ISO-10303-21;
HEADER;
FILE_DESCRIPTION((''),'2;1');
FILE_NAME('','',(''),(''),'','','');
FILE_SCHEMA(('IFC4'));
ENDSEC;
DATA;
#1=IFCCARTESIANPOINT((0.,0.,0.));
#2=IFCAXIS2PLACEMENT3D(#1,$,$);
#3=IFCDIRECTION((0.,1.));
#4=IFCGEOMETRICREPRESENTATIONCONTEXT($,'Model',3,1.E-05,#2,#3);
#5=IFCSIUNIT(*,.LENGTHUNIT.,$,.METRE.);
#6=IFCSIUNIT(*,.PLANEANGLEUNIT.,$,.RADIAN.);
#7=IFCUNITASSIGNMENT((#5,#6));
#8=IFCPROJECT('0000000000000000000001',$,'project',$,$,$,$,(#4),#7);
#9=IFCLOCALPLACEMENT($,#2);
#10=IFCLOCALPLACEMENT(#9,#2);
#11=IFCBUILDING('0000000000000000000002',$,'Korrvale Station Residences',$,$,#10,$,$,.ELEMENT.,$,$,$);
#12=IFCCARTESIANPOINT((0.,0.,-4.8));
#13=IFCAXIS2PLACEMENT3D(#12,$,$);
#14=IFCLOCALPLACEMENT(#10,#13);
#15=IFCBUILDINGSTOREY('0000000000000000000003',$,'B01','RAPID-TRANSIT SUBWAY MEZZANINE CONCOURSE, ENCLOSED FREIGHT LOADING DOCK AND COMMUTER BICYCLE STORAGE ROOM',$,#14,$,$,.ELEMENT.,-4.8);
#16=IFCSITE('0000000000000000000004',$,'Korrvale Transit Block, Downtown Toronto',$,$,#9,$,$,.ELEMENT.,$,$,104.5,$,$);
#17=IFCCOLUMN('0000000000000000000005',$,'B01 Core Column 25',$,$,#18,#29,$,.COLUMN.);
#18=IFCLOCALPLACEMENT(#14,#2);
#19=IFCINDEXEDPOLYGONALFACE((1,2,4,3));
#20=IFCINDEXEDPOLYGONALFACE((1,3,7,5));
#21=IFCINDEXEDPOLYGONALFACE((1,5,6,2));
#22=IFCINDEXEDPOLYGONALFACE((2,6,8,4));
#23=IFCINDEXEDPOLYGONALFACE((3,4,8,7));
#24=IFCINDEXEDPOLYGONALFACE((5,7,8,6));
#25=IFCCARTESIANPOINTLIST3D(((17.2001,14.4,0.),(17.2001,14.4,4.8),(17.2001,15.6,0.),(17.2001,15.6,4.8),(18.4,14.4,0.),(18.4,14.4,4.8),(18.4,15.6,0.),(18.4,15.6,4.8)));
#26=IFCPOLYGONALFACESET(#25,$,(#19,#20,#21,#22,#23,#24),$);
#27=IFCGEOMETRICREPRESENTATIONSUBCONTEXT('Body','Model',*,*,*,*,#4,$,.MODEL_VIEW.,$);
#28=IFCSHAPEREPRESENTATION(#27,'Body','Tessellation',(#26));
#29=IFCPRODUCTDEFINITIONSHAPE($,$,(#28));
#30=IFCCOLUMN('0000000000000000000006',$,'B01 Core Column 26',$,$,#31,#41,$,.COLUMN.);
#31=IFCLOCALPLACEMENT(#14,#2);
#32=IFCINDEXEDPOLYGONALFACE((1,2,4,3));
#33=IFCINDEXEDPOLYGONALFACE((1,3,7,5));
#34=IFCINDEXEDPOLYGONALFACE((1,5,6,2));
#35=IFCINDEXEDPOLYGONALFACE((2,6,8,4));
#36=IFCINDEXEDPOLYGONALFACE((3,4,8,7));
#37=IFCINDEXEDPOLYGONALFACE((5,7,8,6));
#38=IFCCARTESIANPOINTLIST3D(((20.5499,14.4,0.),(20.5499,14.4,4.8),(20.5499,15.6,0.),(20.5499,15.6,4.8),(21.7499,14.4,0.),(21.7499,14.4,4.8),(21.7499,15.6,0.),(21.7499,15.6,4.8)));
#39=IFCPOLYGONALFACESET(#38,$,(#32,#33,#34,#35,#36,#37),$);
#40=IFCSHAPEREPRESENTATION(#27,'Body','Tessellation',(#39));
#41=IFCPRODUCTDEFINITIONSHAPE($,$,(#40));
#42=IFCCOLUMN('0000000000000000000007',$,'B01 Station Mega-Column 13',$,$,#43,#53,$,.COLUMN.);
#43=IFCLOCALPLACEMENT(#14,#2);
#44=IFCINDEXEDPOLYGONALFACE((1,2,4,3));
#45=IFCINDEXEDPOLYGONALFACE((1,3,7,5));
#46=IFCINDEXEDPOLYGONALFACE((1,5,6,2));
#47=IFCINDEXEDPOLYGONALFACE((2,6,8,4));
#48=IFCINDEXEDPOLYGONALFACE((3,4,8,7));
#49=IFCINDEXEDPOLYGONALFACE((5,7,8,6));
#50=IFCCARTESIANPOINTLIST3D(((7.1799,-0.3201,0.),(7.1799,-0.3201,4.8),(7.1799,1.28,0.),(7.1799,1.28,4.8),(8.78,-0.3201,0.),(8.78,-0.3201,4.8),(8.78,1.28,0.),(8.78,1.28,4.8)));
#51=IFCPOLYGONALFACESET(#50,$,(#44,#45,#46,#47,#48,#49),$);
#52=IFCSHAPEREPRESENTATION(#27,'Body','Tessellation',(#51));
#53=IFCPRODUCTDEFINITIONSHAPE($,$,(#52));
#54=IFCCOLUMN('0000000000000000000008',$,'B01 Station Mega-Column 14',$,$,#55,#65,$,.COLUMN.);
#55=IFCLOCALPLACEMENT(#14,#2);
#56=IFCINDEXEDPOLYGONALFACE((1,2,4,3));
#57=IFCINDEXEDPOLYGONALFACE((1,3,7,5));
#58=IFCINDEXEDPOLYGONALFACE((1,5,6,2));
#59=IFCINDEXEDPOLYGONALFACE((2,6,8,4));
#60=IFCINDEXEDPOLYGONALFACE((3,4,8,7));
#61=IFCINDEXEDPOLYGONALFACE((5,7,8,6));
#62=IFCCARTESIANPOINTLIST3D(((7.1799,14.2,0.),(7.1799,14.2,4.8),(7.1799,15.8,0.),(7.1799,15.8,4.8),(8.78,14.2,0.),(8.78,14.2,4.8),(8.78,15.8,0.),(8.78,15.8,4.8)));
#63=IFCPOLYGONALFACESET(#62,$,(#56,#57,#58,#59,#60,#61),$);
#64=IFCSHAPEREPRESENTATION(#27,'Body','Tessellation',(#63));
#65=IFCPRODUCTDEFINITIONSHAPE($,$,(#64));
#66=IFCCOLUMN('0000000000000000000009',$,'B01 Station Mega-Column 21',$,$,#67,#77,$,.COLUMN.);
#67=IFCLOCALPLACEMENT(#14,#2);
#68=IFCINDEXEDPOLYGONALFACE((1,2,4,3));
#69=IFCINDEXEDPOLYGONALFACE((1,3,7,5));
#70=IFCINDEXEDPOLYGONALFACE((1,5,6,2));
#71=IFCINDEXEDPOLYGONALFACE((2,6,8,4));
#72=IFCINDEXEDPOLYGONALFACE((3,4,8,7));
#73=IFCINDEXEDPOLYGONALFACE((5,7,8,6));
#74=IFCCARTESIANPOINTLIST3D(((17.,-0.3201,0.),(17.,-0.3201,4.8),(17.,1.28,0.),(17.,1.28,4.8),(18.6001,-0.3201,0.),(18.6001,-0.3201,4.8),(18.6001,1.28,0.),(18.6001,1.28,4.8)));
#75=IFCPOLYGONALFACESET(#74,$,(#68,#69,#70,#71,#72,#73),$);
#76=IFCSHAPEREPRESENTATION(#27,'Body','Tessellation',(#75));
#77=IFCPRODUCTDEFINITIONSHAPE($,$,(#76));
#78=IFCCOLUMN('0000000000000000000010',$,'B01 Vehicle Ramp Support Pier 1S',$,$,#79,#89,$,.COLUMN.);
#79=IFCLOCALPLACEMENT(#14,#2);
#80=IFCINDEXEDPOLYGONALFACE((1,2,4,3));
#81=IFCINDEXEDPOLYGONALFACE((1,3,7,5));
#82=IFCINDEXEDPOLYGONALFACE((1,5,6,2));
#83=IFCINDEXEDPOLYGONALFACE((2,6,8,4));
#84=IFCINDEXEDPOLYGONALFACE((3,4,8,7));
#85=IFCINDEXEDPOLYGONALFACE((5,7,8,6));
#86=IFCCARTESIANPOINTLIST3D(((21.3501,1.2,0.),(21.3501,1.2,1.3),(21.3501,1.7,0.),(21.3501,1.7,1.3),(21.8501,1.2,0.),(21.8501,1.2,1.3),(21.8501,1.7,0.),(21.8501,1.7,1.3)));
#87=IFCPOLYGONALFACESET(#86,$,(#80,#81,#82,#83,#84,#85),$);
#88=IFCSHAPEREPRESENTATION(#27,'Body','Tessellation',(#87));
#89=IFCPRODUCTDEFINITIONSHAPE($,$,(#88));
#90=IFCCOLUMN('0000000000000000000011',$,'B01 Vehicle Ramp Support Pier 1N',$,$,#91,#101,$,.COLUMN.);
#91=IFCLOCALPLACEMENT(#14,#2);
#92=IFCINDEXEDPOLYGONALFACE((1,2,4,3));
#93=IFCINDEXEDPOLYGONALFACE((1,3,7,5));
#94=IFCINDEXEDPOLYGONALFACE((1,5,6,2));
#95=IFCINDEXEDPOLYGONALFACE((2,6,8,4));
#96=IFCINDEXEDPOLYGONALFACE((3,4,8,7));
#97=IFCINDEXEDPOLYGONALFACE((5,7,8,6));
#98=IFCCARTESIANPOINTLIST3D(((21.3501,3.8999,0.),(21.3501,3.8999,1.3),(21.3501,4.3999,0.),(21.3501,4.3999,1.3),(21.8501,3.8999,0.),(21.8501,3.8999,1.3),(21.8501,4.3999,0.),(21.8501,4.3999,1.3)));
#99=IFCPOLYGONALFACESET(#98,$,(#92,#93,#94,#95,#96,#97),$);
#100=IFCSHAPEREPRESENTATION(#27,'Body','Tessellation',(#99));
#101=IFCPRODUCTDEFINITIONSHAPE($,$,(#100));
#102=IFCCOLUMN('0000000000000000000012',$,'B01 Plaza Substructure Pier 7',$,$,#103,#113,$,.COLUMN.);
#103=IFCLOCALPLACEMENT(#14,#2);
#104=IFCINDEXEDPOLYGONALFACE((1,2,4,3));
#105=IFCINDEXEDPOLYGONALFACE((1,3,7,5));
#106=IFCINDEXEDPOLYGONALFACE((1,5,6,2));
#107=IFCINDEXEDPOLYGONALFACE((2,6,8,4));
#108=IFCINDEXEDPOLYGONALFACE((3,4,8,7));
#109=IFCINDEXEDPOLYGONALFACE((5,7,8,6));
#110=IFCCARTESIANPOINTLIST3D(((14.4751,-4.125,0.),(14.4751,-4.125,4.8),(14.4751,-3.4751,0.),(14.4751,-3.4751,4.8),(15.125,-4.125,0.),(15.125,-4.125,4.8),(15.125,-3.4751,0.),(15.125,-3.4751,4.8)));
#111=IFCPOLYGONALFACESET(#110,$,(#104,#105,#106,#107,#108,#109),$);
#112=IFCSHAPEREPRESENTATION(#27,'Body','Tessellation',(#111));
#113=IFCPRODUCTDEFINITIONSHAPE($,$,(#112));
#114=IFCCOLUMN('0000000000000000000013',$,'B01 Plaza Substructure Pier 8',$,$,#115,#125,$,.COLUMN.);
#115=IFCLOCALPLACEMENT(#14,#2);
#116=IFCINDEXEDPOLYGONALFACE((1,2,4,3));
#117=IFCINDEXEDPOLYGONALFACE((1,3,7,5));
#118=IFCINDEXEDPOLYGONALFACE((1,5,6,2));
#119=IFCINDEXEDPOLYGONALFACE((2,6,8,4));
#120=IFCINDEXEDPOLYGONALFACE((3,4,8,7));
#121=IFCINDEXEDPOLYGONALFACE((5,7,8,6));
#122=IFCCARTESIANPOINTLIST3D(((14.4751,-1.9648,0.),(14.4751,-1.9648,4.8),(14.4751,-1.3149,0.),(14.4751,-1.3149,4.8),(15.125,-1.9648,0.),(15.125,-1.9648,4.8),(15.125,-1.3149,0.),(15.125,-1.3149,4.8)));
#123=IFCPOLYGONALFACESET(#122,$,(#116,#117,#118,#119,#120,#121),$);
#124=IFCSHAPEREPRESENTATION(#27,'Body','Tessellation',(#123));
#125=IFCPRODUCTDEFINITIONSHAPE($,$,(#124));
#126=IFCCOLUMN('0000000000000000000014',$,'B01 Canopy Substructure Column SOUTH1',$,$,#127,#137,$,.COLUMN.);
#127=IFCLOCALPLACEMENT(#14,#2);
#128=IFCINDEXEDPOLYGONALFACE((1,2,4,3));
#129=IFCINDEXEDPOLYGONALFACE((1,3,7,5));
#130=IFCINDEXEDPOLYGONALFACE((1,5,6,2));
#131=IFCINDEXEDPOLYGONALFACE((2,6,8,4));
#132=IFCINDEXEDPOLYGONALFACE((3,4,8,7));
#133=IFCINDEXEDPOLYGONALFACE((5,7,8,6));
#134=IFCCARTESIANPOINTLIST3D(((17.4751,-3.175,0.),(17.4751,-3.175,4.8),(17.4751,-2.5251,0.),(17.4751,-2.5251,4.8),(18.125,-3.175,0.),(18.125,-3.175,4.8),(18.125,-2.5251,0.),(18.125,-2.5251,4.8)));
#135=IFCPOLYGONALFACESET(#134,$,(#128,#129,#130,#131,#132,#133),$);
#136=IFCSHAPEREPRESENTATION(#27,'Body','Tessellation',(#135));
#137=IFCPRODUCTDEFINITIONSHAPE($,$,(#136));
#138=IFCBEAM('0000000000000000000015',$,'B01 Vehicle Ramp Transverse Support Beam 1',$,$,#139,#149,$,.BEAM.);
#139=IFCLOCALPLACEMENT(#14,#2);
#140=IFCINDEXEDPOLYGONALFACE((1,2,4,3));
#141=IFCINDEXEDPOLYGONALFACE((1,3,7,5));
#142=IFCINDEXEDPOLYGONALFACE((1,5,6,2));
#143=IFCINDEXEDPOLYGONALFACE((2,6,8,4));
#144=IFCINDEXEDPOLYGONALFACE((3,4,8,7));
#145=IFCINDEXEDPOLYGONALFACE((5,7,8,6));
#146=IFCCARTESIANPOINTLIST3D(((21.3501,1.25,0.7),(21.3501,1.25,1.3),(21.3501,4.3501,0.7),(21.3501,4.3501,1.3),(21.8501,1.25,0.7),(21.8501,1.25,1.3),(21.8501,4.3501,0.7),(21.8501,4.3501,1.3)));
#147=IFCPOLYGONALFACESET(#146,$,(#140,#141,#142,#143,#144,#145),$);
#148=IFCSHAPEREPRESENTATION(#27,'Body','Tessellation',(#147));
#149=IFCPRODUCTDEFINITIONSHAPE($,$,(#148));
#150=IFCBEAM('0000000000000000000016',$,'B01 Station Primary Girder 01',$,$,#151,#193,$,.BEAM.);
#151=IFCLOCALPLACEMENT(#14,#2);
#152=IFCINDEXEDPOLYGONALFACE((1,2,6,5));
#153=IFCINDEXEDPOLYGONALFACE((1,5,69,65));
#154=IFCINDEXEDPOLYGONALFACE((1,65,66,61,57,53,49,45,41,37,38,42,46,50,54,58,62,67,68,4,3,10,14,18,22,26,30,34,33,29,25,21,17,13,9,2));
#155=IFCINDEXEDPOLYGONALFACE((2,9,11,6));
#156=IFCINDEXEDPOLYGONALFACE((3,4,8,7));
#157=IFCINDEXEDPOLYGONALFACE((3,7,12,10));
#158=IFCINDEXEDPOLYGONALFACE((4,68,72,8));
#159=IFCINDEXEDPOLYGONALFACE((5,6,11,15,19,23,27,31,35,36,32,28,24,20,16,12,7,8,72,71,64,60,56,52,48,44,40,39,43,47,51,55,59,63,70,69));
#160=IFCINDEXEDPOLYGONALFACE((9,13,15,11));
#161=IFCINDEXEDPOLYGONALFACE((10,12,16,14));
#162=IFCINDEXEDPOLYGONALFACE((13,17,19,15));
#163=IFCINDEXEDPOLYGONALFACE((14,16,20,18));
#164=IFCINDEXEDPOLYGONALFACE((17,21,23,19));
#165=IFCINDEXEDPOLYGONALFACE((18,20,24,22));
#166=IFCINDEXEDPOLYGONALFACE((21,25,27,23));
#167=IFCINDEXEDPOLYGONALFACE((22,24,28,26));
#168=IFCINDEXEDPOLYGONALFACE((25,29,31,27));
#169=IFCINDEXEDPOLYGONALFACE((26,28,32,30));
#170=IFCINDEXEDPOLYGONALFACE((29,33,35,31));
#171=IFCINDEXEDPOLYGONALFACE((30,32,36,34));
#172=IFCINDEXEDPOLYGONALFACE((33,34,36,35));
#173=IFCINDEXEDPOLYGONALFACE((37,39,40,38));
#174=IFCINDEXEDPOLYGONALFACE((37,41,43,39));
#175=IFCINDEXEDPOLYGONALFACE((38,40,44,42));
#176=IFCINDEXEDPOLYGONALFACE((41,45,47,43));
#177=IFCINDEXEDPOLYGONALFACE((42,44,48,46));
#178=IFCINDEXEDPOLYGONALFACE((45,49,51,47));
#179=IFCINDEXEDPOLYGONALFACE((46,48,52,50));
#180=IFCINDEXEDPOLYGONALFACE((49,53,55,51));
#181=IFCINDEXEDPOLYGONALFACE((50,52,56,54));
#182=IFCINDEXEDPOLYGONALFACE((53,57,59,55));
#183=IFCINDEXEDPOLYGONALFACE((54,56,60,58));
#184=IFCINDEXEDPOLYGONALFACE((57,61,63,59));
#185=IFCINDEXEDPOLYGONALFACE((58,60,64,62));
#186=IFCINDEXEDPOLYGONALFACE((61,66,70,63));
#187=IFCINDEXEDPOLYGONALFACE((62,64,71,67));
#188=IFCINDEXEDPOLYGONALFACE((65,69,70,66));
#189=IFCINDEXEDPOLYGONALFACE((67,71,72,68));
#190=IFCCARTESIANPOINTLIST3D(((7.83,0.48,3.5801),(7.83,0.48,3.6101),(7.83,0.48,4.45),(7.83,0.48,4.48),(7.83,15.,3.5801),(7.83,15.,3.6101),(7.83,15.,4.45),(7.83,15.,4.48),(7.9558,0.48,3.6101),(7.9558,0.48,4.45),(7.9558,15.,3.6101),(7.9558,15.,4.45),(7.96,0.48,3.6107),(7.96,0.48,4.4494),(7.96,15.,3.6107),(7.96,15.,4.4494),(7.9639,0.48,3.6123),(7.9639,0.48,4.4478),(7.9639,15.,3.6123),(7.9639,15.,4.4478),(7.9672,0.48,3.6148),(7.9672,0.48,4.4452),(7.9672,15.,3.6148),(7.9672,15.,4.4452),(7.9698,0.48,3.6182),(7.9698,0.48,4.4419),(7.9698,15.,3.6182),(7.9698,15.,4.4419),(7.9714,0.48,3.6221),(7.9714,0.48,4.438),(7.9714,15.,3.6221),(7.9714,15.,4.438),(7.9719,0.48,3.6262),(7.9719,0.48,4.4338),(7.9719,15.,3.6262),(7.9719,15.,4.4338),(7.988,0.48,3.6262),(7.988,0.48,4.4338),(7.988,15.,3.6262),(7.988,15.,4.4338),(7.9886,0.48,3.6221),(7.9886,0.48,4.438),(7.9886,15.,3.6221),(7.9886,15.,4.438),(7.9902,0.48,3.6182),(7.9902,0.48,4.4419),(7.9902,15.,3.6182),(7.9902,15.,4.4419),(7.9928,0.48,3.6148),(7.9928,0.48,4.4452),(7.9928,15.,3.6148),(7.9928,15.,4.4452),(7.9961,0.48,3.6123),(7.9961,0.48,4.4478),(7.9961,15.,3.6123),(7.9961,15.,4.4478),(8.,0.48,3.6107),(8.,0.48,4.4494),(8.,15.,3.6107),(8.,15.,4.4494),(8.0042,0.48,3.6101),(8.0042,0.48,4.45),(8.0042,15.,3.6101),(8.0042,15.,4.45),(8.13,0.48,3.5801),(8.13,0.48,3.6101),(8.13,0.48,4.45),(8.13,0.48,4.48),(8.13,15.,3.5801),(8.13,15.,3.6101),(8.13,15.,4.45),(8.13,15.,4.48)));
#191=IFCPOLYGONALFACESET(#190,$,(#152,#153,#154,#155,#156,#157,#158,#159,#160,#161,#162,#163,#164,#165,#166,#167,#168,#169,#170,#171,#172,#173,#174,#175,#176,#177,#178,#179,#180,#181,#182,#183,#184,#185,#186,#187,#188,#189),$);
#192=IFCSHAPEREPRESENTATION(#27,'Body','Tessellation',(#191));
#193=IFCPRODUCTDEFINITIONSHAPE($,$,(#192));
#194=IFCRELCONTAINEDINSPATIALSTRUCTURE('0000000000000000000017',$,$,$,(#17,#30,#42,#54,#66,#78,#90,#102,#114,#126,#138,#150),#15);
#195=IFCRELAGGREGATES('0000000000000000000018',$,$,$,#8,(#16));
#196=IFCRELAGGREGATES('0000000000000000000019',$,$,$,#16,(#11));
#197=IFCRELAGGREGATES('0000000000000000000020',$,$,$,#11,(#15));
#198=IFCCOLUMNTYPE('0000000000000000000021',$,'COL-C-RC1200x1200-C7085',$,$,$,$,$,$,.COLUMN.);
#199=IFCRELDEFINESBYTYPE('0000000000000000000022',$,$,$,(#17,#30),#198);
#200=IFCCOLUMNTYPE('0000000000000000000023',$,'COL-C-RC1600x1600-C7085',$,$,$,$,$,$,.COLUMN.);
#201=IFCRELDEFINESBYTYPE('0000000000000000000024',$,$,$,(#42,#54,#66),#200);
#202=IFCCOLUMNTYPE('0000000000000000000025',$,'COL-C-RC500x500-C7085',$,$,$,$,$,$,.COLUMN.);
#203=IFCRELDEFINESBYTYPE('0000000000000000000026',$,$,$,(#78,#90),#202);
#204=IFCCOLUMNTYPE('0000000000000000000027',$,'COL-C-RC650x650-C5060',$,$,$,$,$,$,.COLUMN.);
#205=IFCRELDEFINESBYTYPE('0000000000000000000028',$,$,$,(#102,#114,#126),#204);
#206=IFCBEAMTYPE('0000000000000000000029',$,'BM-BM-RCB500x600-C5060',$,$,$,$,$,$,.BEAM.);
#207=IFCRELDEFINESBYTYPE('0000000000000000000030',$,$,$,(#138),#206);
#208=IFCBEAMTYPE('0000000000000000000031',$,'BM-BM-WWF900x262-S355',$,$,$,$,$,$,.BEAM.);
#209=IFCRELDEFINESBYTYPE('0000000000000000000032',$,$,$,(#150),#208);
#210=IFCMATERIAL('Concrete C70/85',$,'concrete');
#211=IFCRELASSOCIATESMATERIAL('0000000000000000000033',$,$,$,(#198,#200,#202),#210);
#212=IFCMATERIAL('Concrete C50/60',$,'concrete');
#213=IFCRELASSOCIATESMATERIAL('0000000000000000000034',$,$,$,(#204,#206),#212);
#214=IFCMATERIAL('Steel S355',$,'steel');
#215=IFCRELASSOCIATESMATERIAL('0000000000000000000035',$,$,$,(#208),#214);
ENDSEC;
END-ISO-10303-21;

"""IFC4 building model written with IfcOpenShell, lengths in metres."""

from ifc_helpers import new_model, si_unit, direction, frame, origin, origin_2d, place, context, subcontext, project, spatial, rectangle, i_section, extrude, material, material_profile, profile_set, type_object, element, save


model = new_model("IFC4")

# Units and contexts
model_context = context("Model", 3, precision=1e-05, world=origin(), true_north=direction((0.0, 1.0)))
body_context = subcontext(model_context, "Body", "Model", "MODEL_VIEW")
ifc_project = project(units=[si_unit("LENGTHUNIT", "METRE"), si_unit("PLANEANGLEUNIT", "RADIAN")], contexts=[model_context])

# Site, building, storey
site_placement = place(None, origin())
site = spatial("IfcSite", under=ifc_project, at=site_placement, Name="Korrvale Transit Block, Downtown Toronto", CompositionType="ELEMENT", RefElevation=104.5)
building_placement = place(site_placement, origin())
building = spatial("IfcBuilding", under=site, at=building_placement, Name="Korrvale Station Residences", CompositionType="ELEMENT")
storey_placement = place(building_placement, frame((0.0, 0.0, -4.8)))
storey = spatial("IfcBuildingStorey", under=building, at=storey_placement, Name="B01", Description="RAPID-TRANSIT SUBWAY MEZZANINE CONCOURSE, ENCLOSED FREIGHT LOADING DOCK AND COMMUTER BICYCLE STORAGE ROOM", CompositionType="ELEMENT", Elevation=-4.8)

# Columns
ifc_material_1 = material(Name="Concrete C70/85", Category="concrete")
ifc_material_profile_1 = material_profile(ifc_material_1, rectangle(XDim=1.2, YDim=1.2, at=origin_2d()), Name="RC1200x1200")
ifc_profile_set_1 = profile_set([ifc_material_profile_1], Name="Concrete C70/85")
column_type_1 = type_object("IfcColumnType", Name="COL-C-RC1200x1200-C7085", PredefinedType="COLUMN", material=ifc_profile_set_1)
for number, where, z_axis, x_axis, name in (
    (1, (17.8, 15.0, 0.0), (0.0, 0.0, 1.0), (1.0, 0.0, 0.0), "B01 Core Column 25"),
    (2, (21.1499, 15.0, 0.0), (0.0, 0.0, 1.0), (1.0, 0.0, 0.0), "B01 Core Column 26"),
):
    element("IfcColumn", number, at=place(storey_placement, frame(where, z_axis=z_axis, x_axis=x_axis)), inside=storey, type_object=column_type_1, Name=name, PredefinedType="COLUMN", context=body_context, shape_type="SweptSolid", body=[
        extrude(rectangle(XDim=1.2, YDim=1.2, at=origin_2d()), origin(), (0.0, 0.0, 1.0), 4.8),
    ])
ifc_material_profile_2 = material_profile(ifc_material_1, rectangle(XDim=1.6001, YDim=1.6001, at=origin_2d()), Name="RC1600x1600")
ifc_profile_set_2 = profile_set([ifc_material_profile_2], Name="Concrete C70/85")
column_type_2 = type_object("IfcColumnType", Name="COL-C-RC1600x1600-C7085", PredefinedType="COLUMN", material=ifc_profile_set_2)
for number, where, z_axis, x_axis, name in (
    (3, (7.98, 0.48, 0.0), (0.0, 0.0, 1.0), (1.0, 0.0, 0.0), "B01 Station Mega-Column 13"),
    (4, (7.98, 15.0, 0.0), (0.0, 0.0, 1.0), (1.0, 0.0, 0.0), "B01 Station Mega-Column 14"),
    (5, (17.8, 0.48, 0.0), (0.0, 0.0, 1.0), (1.0, 0.0, 0.0), "B01 Station Mega-Column 21"),
):
    element("IfcColumn", number, at=place(storey_placement, frame(where, z_axis=z_axis, x_axis=x_axis)), inside=storey, type_object=column_type_2, Name=name, PredefinedType="COLUMN", context=body_context, shape_type="SweptSolid", body=[
        extrude(rectangle(XDim=1.6001, YDim=1.6001, at=origin_2d()), origin(), (0.0, 0.0, 1.0), 4.8),
    ])
ifc_material_profile_3 = material_profile(ifc_material_1, rectangle(XDim=0.5, YDim=0.5, at=origin_2d()), Name="RC500x500")
ifc_profile_set_3 = profile_set([ifc_material_profile_3], Name="Concrete C70/85")
column_type_3 = type_object("IfcColumnType", Name="COL-C-RC500x500-C7085", PredefinedType="COLUMN", material=ifc_profile_set_3)
for number, where, z_axis, x_axis, name in (
    (6, (21.6001, 1.45, 0.0), (0.0, 0.0, 1.0), (1.0, 0.0, 0.0), "B01 Vehicle Ramp Support Pier 1S"),
    (7, (21.6001, 4.1499, 0.0), (0.0, 0.0, 1.0), (1.0, 0.0, 0.0), "B01 Vehicle Ramp Support Pier 1N"),
):
    element("IfcColumn", number, at=place(storey_placement, frame(where, z_axis=z_axis, x_axis=x_axis)), inside=storey, type_object=column_type_3, Name=name, PredefinedType="COLUMN", context=body_context, shape_type="SweptSolid", body=[
        extrude(rectangle(XDim=0.5, YDim=0.5, at=origin_2d()), origin(), (0.0, 0.0, 1.0), 1.3),
    ])
ifc_material_2 = material(Name="Concrete C50/60", Category="concrete")
ifc_material_profile_4 = material_profile(ifc_material_2, rectangle(XDim=0.6499, YDim=0.6499, at=origin_2d()), Name="RC650x650")
ifc_profile_set_4 = profile_set([ifc_material_profile_4], Name="Concrete C50/60")
column_type_4 = type_object("IfcColumnType", Name="COL-C-RC650x650-C5060", PredefinedType="COLUMN", material=ifc_profile_set_4)
for number, where, z_axis, x_axis, name in (
    (8, (14.8, -3.8, 0.0), (0.0, 0.0, 1.0), (1.0, 0.0, 0.0), "B01 Plaza Substructure Pier 7"),
    (9, (14.8, -1.6399, 0.0), (0.0, 0.0, 1.0), (1.0, 0.0, 0.0), "B01 Plaza Substructure Pier 8"),
    (10, (17.8, -2.8501, 0.0), (0.0, 0.0, 1.0), (1.0, 0.0, 0.0), "B01 Canopy Substructure Column SOUTH1"),
):
    element("IfcColumn", number, at=place(storey_placement, frame(where, z_axis=z_axis, x_axis=x_axis)), inside=storey, type_object=column_type_4, Name=name, PredefinedType="COLUMN", context=body_context, shape_type="SweptSolid", body=[
        extrude(rectangle(XDim=0.6499, YDim=0.6499, at=origin_2d()), origin(), (0.0, 0.0, 1.0), 4.8),
    ])

# Beams
ifc_material_profile_5 = material_profile(ifc_material_2, rectangle(XDim=0.5, YDim=0.6001, at=origin_2d()), Name="RCB500x600")
ifc_profile_set_5 = profile_set([ifc_material_profile_5], Name="Concrete C50/60")
beam_type_1 = type_object("IfcBeamType", Name="BM-BM-RCB500x600-C5060", PredefinedType="BEAM", material=ifc_profile_set_5)
beam_1_placement = place(storey_placement, frame((21.6001, 1.25, 1.0), z_axis=(0.0, 1.0, 0.0), x_axis=(-1.0, 0.0, 0.0)))
element("IfcBeam", 11, at=beam_1_placement, inside=storey, type_object=beam_type_1, Name="B01 Vehicle Ramp Transverse Support Beam 1", PredefinedType="BEAM", context=body_context, shape_type="SweptSolid", body=[
    extrude(rectangle(XDim=0.5, YDim=0.6001, at=origin_2d()), origin(), (0.0, 0.0, 1.0), 3.1001),
])
ifc_material_3 = material(Name="Steel S355", Category="steel")
ifc_material_profile_6 = material_profile(ifc_material_3, i_section(OverallWidth=0.3, OverallDepth=0.8999, WebThickness=0.0161, FlangeThickness=0.03, FilletRadius=0.0161, at=origin_2d()), Name="WWF900x262")
ifc_profile_set_6 = profile_set([ifc_material_profile_6], Name="Steel S355")
beam_type_2 = type_object("IfcBeamType", Name="BM-BM-WWF900x262-S355", PredefinedType="BEAM", material=ifc_profile_set_6)
beam_2_placement = place(storey_placement, frame((7.98, 0.48, 4.03), z_axis=(0.0, 1.0, 0.0), x_axis=(-1.0, 0.0, 0.0)))
element("IfcBeam", 12, at=beam_2_placement, inside=storey, type_object=beam_type_2, Name="B01 Station Primary Girder 01", PredefinedType="BEAM", context=body_context, shape_type="SweptSolid", body=[
    extrude(i_section(OverallWidth=0.3, OverallDepth=0.8999, WebThickness=0.0161, FlangeThickness=0.03, FilletRadius=0.0161, at=origin_2d()), origin(), (0.0, 0.0, 1.0), 14.52),
])

save(model, "model.ifc")
